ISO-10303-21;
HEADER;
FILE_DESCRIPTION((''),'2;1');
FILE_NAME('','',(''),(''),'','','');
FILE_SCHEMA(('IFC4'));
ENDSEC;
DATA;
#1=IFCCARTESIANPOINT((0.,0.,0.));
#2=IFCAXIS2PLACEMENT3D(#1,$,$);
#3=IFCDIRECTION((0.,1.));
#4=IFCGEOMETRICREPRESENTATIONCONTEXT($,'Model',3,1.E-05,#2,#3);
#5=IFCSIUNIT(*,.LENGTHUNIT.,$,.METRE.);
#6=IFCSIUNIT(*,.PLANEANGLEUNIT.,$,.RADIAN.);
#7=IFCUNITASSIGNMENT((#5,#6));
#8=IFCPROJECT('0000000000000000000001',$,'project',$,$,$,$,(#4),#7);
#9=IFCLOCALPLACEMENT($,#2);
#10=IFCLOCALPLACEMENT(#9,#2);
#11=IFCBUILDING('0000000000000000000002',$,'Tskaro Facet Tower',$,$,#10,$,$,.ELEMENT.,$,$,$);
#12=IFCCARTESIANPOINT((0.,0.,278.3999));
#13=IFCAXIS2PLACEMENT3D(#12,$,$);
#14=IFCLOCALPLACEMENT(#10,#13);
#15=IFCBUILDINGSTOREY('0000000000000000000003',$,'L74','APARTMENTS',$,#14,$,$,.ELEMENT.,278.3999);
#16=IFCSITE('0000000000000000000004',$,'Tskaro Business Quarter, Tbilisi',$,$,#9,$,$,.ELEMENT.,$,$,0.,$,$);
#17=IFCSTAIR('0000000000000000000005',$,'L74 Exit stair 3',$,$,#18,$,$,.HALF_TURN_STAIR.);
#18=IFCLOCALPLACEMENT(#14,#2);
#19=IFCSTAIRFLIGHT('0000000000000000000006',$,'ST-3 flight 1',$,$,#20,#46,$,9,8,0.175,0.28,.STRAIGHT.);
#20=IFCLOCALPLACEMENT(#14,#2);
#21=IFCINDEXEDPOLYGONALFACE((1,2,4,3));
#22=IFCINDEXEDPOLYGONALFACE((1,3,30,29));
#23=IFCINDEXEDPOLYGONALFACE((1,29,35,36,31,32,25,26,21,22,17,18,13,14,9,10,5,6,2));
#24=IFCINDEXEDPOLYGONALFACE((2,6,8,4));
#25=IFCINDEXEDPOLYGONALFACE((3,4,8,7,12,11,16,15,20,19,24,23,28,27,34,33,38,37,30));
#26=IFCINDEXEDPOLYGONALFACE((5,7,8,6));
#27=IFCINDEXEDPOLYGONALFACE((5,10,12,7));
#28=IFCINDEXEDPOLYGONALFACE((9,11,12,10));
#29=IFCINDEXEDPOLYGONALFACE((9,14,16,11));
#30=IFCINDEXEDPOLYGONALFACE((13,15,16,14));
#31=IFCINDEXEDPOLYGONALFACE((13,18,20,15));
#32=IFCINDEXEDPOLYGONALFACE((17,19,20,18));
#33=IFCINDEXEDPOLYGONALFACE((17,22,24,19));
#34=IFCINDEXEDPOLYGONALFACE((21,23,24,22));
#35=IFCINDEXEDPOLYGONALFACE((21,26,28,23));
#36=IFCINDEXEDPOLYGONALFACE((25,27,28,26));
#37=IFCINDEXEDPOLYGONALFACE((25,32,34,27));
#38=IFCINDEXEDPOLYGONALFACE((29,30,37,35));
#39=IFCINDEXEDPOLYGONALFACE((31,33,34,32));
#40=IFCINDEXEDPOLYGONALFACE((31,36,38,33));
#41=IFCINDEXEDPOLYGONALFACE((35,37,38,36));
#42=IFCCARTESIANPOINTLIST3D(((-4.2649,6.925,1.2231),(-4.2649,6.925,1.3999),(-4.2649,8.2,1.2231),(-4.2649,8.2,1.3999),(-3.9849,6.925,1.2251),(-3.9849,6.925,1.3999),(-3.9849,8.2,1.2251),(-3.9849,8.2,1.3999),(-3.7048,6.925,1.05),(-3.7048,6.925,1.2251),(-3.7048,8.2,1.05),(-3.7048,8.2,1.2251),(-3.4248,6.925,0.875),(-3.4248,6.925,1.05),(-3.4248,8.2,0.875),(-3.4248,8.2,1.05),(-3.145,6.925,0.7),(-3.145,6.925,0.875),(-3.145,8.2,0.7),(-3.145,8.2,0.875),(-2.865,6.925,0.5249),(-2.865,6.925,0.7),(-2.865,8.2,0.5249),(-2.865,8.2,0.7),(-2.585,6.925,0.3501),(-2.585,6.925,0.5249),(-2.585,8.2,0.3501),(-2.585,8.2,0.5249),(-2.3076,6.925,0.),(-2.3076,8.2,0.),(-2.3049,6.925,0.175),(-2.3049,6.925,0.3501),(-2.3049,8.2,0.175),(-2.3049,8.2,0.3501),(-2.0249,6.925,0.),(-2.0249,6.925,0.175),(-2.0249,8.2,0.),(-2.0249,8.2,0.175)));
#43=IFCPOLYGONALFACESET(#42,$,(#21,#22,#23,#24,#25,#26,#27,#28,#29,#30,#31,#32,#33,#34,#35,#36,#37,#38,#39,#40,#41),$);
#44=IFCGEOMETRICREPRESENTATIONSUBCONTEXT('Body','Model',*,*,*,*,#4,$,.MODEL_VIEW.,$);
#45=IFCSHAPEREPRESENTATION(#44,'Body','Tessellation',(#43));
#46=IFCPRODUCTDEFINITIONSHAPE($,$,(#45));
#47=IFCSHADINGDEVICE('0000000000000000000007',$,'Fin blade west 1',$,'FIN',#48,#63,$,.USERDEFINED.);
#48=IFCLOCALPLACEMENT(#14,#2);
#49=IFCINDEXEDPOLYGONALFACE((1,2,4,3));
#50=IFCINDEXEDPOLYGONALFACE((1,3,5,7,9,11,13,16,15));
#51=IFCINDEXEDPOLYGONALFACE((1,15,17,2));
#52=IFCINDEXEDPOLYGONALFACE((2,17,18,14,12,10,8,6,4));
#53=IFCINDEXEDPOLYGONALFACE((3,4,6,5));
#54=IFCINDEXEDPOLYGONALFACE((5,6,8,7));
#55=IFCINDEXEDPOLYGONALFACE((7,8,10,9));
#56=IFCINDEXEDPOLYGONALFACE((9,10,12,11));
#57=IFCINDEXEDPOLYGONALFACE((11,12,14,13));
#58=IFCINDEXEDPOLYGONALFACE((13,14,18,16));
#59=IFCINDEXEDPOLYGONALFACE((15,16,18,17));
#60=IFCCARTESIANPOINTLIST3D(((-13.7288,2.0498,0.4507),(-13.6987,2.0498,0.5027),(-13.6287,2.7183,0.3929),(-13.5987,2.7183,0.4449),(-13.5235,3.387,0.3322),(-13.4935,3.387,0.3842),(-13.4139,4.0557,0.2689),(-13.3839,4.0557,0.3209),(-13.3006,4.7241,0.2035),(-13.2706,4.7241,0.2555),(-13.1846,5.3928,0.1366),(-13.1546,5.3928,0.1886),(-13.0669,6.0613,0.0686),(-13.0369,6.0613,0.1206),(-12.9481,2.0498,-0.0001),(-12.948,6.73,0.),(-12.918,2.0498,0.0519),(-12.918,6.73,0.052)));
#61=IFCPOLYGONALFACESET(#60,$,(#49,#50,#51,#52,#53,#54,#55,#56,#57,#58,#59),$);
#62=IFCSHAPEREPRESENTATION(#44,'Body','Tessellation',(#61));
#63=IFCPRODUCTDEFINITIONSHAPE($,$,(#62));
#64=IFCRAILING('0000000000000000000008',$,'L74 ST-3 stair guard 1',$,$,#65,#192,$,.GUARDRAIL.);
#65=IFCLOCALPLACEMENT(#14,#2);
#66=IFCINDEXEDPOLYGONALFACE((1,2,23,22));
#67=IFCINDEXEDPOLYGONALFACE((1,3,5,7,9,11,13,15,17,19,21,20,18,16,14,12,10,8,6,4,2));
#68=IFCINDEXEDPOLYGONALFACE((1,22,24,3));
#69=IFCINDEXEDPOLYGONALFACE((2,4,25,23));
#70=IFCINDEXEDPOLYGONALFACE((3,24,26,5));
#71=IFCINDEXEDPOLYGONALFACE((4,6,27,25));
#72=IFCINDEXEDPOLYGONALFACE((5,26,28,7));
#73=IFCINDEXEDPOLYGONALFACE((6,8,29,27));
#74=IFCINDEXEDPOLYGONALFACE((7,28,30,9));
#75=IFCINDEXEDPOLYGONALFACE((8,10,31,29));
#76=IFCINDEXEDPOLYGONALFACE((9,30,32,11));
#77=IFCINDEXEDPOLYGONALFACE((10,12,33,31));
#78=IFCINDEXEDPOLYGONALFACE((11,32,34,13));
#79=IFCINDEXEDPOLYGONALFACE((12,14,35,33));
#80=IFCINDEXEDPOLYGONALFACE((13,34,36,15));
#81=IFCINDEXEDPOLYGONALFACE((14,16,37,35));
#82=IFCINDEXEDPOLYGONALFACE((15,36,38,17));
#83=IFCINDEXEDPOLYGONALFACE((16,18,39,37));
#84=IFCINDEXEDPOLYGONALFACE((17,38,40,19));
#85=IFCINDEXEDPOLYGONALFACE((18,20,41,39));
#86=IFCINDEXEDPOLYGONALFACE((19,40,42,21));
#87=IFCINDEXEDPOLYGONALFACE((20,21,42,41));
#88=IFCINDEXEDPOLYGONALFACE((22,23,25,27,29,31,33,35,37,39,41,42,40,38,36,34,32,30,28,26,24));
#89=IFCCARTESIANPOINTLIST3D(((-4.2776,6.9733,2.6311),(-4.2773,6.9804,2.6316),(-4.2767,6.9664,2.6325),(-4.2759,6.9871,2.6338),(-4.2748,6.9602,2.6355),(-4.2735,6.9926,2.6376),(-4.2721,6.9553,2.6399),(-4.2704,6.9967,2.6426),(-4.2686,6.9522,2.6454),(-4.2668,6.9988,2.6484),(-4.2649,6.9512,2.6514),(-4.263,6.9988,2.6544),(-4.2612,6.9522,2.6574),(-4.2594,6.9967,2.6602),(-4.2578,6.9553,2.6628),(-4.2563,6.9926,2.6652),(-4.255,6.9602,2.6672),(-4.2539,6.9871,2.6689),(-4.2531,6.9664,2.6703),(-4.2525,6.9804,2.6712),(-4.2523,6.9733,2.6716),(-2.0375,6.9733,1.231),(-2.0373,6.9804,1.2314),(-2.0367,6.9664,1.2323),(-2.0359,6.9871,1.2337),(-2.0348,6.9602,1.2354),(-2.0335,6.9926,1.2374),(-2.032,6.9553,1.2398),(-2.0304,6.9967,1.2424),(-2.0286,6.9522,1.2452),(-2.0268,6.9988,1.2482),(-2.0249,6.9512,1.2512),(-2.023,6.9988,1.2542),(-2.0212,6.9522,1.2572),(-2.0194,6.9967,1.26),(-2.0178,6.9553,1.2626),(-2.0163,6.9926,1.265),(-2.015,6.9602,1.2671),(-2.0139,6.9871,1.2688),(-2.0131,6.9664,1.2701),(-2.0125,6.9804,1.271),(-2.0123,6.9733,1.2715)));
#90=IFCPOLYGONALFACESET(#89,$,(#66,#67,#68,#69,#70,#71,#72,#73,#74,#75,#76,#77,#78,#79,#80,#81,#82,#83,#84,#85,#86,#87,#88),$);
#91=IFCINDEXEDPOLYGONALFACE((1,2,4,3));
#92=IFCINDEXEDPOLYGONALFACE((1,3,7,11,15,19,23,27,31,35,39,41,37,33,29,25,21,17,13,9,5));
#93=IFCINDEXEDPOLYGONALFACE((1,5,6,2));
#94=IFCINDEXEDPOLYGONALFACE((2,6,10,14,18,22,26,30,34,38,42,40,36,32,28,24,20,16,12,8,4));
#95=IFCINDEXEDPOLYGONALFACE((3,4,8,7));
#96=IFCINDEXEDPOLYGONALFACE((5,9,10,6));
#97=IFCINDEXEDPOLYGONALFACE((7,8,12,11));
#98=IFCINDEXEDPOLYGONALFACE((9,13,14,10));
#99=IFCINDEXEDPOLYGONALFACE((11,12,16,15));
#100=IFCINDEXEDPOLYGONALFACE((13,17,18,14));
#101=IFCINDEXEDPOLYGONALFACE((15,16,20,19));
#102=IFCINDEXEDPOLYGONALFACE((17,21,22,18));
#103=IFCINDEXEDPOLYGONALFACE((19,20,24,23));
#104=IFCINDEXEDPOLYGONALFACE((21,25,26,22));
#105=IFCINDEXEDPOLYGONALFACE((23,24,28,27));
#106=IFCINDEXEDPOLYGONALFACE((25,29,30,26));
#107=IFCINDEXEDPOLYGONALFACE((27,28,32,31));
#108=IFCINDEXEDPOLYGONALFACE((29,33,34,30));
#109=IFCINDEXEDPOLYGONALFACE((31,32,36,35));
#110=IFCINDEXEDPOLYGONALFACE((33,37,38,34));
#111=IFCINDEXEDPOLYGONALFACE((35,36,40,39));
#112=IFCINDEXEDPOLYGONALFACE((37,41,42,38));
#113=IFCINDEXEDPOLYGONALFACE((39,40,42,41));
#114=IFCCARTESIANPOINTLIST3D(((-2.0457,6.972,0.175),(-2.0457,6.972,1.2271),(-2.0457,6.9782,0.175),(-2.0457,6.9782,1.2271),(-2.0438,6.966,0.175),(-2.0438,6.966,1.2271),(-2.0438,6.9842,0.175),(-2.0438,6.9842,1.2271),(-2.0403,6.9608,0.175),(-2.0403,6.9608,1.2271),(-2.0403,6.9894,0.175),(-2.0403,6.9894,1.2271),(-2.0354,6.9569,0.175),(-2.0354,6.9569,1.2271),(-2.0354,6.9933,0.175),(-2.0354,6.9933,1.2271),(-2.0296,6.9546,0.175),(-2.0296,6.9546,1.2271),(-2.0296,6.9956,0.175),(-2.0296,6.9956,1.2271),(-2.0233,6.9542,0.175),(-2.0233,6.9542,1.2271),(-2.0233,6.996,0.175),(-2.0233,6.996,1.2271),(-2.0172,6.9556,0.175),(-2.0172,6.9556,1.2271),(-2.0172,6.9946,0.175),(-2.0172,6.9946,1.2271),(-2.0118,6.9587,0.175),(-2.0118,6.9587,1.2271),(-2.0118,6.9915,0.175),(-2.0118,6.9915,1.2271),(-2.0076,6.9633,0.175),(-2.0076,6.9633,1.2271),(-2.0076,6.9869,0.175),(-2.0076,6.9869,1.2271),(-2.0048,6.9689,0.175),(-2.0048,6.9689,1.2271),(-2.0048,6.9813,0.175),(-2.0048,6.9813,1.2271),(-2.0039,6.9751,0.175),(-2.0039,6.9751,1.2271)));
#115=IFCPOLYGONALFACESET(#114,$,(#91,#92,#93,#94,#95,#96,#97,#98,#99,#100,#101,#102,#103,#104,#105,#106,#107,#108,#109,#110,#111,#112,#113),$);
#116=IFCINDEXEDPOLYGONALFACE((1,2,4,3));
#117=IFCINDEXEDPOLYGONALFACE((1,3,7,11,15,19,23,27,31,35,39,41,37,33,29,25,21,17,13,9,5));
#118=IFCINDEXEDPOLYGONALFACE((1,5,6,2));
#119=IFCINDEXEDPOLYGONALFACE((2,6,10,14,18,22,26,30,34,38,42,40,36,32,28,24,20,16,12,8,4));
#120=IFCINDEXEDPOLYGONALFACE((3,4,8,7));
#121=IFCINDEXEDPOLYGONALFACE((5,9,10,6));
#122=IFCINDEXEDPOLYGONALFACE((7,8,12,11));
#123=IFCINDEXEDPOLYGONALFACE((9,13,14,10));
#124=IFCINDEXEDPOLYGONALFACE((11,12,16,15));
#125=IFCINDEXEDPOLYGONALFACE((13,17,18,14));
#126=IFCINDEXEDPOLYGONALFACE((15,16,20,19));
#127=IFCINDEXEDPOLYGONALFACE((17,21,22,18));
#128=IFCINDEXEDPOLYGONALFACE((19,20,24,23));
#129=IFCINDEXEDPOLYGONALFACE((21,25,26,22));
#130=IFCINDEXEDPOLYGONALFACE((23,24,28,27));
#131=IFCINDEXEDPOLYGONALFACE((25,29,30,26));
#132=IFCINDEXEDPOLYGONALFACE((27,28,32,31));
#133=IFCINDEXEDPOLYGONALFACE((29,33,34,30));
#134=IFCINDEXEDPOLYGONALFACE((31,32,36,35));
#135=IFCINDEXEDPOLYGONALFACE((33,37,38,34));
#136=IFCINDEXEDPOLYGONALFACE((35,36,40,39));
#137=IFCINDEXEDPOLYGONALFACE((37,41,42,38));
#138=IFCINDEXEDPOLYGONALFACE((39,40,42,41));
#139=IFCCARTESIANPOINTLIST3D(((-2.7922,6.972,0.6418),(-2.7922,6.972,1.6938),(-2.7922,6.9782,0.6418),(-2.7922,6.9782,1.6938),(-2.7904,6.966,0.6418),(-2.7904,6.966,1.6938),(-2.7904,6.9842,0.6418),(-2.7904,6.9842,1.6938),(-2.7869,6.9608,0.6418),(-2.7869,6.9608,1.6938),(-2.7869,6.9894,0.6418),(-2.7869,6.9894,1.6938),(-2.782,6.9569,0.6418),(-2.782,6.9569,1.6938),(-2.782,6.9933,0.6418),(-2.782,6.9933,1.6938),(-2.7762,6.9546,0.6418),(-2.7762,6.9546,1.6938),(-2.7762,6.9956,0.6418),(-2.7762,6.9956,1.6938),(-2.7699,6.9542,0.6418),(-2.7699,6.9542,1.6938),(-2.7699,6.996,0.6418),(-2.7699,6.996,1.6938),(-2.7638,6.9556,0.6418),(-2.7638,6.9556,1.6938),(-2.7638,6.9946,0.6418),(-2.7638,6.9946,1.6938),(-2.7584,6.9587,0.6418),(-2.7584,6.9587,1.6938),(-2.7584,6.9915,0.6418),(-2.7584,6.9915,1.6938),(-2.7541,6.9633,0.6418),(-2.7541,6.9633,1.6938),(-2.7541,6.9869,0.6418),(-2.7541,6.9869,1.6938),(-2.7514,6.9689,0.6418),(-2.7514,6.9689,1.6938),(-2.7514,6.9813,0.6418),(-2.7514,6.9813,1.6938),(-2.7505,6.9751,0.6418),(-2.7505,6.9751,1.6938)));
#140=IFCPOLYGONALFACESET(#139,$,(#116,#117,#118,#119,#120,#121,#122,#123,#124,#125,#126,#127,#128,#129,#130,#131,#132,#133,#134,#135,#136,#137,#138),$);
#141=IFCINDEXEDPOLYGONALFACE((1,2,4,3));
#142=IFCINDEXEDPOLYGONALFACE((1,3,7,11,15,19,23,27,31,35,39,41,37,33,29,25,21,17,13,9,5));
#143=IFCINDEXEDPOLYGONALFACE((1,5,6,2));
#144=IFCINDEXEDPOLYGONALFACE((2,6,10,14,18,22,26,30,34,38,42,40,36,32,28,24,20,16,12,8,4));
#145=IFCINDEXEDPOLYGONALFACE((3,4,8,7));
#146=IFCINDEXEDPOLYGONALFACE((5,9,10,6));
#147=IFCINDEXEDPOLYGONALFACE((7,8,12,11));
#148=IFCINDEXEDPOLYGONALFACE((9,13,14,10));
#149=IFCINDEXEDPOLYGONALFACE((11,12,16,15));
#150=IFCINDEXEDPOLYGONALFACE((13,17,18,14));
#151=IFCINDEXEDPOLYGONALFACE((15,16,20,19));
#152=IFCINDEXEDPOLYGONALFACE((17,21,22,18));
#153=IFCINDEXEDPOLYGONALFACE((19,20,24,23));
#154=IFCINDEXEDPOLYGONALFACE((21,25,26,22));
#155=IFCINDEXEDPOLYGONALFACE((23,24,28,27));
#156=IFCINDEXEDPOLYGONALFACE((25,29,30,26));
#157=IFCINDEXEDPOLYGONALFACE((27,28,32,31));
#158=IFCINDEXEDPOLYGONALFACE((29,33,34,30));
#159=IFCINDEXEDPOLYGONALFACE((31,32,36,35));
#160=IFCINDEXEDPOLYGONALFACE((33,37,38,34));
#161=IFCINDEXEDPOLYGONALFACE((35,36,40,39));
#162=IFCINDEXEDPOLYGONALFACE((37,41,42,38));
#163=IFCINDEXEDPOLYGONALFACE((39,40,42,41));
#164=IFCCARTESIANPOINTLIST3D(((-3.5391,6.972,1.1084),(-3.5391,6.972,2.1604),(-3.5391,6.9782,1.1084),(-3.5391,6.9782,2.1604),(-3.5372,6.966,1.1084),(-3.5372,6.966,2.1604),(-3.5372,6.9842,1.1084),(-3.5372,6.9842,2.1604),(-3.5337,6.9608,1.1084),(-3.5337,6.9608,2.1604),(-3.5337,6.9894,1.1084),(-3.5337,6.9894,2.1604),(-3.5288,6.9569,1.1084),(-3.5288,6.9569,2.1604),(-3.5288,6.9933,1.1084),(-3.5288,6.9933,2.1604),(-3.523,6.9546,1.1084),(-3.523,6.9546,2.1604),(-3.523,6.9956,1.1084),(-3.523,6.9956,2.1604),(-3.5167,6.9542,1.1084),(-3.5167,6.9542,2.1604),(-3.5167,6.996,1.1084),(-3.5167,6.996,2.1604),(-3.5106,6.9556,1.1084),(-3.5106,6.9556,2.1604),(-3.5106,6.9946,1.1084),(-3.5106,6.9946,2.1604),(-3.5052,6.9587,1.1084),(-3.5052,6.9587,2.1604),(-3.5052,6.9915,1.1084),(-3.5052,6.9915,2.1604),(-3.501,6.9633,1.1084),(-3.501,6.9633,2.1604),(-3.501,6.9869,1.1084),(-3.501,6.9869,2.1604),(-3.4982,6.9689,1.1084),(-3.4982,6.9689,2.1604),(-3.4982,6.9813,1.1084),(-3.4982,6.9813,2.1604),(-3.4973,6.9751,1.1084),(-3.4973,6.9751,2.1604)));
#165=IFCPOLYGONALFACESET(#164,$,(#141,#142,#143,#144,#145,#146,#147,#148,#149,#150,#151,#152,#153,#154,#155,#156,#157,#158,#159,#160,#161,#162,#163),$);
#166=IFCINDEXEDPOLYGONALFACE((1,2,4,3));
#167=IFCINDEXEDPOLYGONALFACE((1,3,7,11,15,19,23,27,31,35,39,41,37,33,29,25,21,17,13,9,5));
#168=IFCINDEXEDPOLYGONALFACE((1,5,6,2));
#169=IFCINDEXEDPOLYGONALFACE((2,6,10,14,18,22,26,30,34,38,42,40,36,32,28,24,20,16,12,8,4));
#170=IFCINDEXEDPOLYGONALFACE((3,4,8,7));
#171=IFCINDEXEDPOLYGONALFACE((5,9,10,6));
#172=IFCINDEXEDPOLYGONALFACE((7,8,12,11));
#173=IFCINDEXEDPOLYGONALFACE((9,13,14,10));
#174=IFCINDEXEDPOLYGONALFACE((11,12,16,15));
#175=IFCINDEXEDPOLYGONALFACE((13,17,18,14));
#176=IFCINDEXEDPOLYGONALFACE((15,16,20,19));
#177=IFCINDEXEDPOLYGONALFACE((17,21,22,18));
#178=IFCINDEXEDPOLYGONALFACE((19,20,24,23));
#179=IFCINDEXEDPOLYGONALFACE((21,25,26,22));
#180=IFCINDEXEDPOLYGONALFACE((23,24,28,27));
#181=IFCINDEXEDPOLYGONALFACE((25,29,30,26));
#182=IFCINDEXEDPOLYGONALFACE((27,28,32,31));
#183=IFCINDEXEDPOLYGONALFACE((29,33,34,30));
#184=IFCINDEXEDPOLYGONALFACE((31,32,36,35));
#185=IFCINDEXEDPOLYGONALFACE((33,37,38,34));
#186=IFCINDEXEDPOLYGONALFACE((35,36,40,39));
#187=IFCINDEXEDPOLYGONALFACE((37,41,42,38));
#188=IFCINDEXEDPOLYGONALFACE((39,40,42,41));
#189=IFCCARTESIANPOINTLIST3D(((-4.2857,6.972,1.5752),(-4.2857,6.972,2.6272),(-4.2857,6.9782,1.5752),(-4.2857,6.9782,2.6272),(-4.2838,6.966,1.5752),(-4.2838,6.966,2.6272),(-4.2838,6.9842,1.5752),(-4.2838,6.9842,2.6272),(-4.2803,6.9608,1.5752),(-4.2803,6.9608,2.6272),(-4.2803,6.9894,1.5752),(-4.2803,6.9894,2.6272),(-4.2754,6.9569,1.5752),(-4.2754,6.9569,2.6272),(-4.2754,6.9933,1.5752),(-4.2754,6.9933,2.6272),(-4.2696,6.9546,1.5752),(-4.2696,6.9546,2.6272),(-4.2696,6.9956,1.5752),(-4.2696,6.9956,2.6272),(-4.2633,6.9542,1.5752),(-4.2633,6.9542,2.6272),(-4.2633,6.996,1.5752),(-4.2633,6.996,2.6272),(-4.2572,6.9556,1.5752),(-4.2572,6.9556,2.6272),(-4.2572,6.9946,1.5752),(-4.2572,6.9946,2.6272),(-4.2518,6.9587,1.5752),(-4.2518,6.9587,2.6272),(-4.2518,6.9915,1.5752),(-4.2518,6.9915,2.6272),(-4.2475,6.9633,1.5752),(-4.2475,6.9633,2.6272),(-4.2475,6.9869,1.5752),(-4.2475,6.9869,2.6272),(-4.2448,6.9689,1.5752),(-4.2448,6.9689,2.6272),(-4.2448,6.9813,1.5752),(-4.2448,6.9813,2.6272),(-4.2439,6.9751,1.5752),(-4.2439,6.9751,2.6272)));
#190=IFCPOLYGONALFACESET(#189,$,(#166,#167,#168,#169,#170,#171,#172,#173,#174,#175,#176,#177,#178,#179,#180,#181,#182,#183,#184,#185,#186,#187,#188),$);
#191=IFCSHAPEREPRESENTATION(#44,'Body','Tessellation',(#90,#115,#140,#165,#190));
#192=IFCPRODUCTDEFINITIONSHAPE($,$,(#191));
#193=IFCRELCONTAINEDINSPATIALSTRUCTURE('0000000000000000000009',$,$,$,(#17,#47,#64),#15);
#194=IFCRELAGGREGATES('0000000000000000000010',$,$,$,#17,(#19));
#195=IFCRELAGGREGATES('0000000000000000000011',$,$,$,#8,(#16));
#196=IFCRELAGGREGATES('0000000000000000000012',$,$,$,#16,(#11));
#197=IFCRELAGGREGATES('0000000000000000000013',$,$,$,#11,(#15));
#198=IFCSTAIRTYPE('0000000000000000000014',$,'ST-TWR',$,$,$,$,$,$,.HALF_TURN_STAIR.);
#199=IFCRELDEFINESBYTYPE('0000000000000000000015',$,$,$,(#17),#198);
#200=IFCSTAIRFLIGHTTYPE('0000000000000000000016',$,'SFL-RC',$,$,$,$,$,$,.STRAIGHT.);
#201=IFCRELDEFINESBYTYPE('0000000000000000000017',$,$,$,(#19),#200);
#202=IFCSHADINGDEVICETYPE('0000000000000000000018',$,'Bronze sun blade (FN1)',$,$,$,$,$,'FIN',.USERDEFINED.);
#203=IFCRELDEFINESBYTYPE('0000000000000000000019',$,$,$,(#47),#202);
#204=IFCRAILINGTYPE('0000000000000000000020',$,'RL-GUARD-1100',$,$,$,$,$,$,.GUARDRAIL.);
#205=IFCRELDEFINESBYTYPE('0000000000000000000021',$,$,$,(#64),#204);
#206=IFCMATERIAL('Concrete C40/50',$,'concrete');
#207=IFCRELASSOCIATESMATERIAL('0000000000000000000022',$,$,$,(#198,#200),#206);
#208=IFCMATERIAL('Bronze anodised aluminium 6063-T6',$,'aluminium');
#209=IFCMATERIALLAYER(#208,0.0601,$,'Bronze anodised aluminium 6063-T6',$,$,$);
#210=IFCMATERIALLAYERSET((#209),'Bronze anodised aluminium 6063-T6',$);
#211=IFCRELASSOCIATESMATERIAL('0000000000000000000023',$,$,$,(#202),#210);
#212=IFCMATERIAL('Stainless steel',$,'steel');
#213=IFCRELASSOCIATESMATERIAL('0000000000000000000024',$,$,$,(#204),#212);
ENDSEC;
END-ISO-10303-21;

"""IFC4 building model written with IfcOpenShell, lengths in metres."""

from ifc_helpers import new_model, si_unit, direction, frame, origin, origin_2d, place, context, subcontext, project, spatial, polyline, circle, outline, extrude, material, layer, layer_set, type_object, element, aggregate, save


model = new_model("IFC4")

# Units and contexts
model_context = context("Model", 3, precision=1e-05, world=origin(), true_north=direction((0.0, 1.0)))
body_context = subcontext(model_context, "Body", "Model", "MODEL_VIEW")
ifc_project = project(units=[si_unit("LENGTHUNIT", "METRE"), si_unit("PLANEANGLEUNIT", "RADIAN")], contexts=[model_context])

# Site, building, storey
site_placement = place(None, origin())
site = spatial("IfcSite", under=ifc_project, at=site_placement, Name="Tskaro Business Quarter, Tbilisi", CompositionType="ELEMENT", RefElevation=0.0)
building_placement = place(site_placement, origin())
building = spatial("IfcBuilding", under=site, at=building_placement, Name="Tskaro Facet Tower", CompositionType="ELEMENT")
storey_placement = place(building_placement, frame((0.0, 0.0, 278.3999)))
storey = spatial("IfcBuildingStorey", under=building, at=storey_placement, Name="L74", Description="APARTMENTS", CompositionType="ELEMENT", Elevation=278.3999)

# Shared definitions
ifc_material_1 = material(Name="Bronze anodised aluminium 6063-T6", Category="aluminium")

# Stair, stair flight
ifc_material_2 = material(Name="Concrete C40/50", Category="concrete")
stair_type = type_object("IfcStairType", Name="ST-TWR", PredefinedType="HALF_TURN_STAIR", material=ifc_material_2)
stair_placement = place(storey_placement, origin())
stair = element("IfcStair", 1, at=stair_placement, inside=storey, type_object=stair_type, Name="L74 Exit stair 3", PredefinedType="HALF_TURN_STAIR")
stair_flight_type = type_object("IfcStairFlightType", Name="SFL-RC", PredefinedType="STRAIGHT", material=ifc_material_2)
stair_flight_placement = place(storey_placement, frame((-2.0249, 7.5625, 0.0), z_axis=(0.0, 0.0, 1.0), x_axis=(-1.0, 0.0, 0.0)))
stair_flight = element("IfcStairFlight", 2, at=stair_flight_placement, type_object=stair_flight_type, Name="ST-3 flight 1", NumberOfRisers=9, NumberOfTreads=8, PredefinedType="STRAIGHT", RiserHeight=0.175, TreadLength=0.28, context=body_context, shape_type="SweptSolid", body=[
    extrude(outline(polyline([(0.0, 0.0), (0.0, 0.175), (0.28, 0.175), (0.28, 0.3501), (0.5601, 0.3501), (0.5601, 0.5249), (0.8401, 0.5249), (0.8401, 0.7), (1.1201, 0.7), (1.1201, 0.875), (1.3999, 0.875), (1.3999, 1.05), (1.6799, 1.05), (1.6799, 1.2251), (1.96, 1.2251), (1.96, 1.3999), (2.24, 1.3999), (2.24, 1.575), (2.24, 1.2231), (0.2827, 0.0), (0.0, 0.0)])), frame((0.0, 0.6375, 0.0), z_axis=(0.0, -1.0, 0.0), x_axis=(1.0, 0.0, 0.0)), (0.0, 0.0, 1.0), 1.2749),
])
aggregate(stair, [stair_flight])

# Shading device
ifc_layer_1 = layer(ifc_material_1, 0.0601, Name="Bronze anodised aluminium 6063-T6")
ifc_layer_set_1 = layer_set([ifc_layer_1], Name="Bronze anodised aluminium 6063-T6")
shading_device_type = type_object("IfcShadingDeviceType", Name="Bronze sun blade (FN1)", ElementType="FIN", PredefinedType="USERDEFINED", material=ifc_layer_set_1)
shading_device_placement = place(storey_placement, frame((-12.918, 6.73, 0.052), z_axis=(0.500082, -0.000034, 0.865978), x_axis=(-0.000017, -1.0, -0.00003)))
element("IfcShadingDevice", 3, at=shading_device_placement, inside=storey, type_object=shading_device_type, Name="Fin blade west 1", ObjectType="FIN", PredefinedType="USERDEFINED", context=body_context, shape_type="SweptSolid", body=[
    extrude(outline(polyline([(0.0, 0.0), (4.6802, 0.0), (4.6802, -0.9015), (4.0117, -0.786), (3.343, -0.6645), (2.6743, -0.5379), (2.0059, -0.4071), (1.3372, -0.2732), (0.6687, -0.1373), (0.0, 0.0)])), origin(), (0.0, 0.0, -1.0), 0.0601),
])

# Railing
ifc_material_3 = material(Name="Stainless steel", Category="steel")
railing_type_1 = type_object("IfcRailingType", Name="RL-GUARD-1100", PredefinedType="GUARDRAIL", material=ifc_material_3)
railing_1_placement = place(storey_placement, frame((-2.0249, 6.9751, 0.175)))
element("IfcRailing", 4, at=railing_1_placement, inside=storey, type_object=railing_type_1, Name="L74 ST-3 stair guard 1", PredefinedType="GUARDRAIL", context=body_context, shape_type="SweptSolid", body=[
    extrude(circle(Radius=0.0239, at=origin_2d()), frame((0.0, 0.0, 1.0762), z_axis=(-0.847972, 0.0, 0.53004), x_axis=(0.0, -1.0, 0.0)), (0.0, 0.0, 1.0), 2.6416),
    extrude(circle(Radius=0.021, at=origin_2d()), origin(), (0.0, 0.0, 1.0), 1.052),
    extrude(circle(Radius=0.021, at=origin_2d()), frame((-0.7466, 0.0, 0.4668)), (0.0, 0.0, 1.0), 1.052),
    extrude(circle(Radius=0.021, at=origin_2d()), frame((-1.4934, 0.0, 0.9333)), (0.0, 0.0, 1.0), 1.052),
    extrude(circle(Radius=0.021, at=origin_2d()), frame((-2.24, 0.0, 1.4001)), (0.0, 0.0, 1.0), 1.052),
])

save(model, "model.ifc")
